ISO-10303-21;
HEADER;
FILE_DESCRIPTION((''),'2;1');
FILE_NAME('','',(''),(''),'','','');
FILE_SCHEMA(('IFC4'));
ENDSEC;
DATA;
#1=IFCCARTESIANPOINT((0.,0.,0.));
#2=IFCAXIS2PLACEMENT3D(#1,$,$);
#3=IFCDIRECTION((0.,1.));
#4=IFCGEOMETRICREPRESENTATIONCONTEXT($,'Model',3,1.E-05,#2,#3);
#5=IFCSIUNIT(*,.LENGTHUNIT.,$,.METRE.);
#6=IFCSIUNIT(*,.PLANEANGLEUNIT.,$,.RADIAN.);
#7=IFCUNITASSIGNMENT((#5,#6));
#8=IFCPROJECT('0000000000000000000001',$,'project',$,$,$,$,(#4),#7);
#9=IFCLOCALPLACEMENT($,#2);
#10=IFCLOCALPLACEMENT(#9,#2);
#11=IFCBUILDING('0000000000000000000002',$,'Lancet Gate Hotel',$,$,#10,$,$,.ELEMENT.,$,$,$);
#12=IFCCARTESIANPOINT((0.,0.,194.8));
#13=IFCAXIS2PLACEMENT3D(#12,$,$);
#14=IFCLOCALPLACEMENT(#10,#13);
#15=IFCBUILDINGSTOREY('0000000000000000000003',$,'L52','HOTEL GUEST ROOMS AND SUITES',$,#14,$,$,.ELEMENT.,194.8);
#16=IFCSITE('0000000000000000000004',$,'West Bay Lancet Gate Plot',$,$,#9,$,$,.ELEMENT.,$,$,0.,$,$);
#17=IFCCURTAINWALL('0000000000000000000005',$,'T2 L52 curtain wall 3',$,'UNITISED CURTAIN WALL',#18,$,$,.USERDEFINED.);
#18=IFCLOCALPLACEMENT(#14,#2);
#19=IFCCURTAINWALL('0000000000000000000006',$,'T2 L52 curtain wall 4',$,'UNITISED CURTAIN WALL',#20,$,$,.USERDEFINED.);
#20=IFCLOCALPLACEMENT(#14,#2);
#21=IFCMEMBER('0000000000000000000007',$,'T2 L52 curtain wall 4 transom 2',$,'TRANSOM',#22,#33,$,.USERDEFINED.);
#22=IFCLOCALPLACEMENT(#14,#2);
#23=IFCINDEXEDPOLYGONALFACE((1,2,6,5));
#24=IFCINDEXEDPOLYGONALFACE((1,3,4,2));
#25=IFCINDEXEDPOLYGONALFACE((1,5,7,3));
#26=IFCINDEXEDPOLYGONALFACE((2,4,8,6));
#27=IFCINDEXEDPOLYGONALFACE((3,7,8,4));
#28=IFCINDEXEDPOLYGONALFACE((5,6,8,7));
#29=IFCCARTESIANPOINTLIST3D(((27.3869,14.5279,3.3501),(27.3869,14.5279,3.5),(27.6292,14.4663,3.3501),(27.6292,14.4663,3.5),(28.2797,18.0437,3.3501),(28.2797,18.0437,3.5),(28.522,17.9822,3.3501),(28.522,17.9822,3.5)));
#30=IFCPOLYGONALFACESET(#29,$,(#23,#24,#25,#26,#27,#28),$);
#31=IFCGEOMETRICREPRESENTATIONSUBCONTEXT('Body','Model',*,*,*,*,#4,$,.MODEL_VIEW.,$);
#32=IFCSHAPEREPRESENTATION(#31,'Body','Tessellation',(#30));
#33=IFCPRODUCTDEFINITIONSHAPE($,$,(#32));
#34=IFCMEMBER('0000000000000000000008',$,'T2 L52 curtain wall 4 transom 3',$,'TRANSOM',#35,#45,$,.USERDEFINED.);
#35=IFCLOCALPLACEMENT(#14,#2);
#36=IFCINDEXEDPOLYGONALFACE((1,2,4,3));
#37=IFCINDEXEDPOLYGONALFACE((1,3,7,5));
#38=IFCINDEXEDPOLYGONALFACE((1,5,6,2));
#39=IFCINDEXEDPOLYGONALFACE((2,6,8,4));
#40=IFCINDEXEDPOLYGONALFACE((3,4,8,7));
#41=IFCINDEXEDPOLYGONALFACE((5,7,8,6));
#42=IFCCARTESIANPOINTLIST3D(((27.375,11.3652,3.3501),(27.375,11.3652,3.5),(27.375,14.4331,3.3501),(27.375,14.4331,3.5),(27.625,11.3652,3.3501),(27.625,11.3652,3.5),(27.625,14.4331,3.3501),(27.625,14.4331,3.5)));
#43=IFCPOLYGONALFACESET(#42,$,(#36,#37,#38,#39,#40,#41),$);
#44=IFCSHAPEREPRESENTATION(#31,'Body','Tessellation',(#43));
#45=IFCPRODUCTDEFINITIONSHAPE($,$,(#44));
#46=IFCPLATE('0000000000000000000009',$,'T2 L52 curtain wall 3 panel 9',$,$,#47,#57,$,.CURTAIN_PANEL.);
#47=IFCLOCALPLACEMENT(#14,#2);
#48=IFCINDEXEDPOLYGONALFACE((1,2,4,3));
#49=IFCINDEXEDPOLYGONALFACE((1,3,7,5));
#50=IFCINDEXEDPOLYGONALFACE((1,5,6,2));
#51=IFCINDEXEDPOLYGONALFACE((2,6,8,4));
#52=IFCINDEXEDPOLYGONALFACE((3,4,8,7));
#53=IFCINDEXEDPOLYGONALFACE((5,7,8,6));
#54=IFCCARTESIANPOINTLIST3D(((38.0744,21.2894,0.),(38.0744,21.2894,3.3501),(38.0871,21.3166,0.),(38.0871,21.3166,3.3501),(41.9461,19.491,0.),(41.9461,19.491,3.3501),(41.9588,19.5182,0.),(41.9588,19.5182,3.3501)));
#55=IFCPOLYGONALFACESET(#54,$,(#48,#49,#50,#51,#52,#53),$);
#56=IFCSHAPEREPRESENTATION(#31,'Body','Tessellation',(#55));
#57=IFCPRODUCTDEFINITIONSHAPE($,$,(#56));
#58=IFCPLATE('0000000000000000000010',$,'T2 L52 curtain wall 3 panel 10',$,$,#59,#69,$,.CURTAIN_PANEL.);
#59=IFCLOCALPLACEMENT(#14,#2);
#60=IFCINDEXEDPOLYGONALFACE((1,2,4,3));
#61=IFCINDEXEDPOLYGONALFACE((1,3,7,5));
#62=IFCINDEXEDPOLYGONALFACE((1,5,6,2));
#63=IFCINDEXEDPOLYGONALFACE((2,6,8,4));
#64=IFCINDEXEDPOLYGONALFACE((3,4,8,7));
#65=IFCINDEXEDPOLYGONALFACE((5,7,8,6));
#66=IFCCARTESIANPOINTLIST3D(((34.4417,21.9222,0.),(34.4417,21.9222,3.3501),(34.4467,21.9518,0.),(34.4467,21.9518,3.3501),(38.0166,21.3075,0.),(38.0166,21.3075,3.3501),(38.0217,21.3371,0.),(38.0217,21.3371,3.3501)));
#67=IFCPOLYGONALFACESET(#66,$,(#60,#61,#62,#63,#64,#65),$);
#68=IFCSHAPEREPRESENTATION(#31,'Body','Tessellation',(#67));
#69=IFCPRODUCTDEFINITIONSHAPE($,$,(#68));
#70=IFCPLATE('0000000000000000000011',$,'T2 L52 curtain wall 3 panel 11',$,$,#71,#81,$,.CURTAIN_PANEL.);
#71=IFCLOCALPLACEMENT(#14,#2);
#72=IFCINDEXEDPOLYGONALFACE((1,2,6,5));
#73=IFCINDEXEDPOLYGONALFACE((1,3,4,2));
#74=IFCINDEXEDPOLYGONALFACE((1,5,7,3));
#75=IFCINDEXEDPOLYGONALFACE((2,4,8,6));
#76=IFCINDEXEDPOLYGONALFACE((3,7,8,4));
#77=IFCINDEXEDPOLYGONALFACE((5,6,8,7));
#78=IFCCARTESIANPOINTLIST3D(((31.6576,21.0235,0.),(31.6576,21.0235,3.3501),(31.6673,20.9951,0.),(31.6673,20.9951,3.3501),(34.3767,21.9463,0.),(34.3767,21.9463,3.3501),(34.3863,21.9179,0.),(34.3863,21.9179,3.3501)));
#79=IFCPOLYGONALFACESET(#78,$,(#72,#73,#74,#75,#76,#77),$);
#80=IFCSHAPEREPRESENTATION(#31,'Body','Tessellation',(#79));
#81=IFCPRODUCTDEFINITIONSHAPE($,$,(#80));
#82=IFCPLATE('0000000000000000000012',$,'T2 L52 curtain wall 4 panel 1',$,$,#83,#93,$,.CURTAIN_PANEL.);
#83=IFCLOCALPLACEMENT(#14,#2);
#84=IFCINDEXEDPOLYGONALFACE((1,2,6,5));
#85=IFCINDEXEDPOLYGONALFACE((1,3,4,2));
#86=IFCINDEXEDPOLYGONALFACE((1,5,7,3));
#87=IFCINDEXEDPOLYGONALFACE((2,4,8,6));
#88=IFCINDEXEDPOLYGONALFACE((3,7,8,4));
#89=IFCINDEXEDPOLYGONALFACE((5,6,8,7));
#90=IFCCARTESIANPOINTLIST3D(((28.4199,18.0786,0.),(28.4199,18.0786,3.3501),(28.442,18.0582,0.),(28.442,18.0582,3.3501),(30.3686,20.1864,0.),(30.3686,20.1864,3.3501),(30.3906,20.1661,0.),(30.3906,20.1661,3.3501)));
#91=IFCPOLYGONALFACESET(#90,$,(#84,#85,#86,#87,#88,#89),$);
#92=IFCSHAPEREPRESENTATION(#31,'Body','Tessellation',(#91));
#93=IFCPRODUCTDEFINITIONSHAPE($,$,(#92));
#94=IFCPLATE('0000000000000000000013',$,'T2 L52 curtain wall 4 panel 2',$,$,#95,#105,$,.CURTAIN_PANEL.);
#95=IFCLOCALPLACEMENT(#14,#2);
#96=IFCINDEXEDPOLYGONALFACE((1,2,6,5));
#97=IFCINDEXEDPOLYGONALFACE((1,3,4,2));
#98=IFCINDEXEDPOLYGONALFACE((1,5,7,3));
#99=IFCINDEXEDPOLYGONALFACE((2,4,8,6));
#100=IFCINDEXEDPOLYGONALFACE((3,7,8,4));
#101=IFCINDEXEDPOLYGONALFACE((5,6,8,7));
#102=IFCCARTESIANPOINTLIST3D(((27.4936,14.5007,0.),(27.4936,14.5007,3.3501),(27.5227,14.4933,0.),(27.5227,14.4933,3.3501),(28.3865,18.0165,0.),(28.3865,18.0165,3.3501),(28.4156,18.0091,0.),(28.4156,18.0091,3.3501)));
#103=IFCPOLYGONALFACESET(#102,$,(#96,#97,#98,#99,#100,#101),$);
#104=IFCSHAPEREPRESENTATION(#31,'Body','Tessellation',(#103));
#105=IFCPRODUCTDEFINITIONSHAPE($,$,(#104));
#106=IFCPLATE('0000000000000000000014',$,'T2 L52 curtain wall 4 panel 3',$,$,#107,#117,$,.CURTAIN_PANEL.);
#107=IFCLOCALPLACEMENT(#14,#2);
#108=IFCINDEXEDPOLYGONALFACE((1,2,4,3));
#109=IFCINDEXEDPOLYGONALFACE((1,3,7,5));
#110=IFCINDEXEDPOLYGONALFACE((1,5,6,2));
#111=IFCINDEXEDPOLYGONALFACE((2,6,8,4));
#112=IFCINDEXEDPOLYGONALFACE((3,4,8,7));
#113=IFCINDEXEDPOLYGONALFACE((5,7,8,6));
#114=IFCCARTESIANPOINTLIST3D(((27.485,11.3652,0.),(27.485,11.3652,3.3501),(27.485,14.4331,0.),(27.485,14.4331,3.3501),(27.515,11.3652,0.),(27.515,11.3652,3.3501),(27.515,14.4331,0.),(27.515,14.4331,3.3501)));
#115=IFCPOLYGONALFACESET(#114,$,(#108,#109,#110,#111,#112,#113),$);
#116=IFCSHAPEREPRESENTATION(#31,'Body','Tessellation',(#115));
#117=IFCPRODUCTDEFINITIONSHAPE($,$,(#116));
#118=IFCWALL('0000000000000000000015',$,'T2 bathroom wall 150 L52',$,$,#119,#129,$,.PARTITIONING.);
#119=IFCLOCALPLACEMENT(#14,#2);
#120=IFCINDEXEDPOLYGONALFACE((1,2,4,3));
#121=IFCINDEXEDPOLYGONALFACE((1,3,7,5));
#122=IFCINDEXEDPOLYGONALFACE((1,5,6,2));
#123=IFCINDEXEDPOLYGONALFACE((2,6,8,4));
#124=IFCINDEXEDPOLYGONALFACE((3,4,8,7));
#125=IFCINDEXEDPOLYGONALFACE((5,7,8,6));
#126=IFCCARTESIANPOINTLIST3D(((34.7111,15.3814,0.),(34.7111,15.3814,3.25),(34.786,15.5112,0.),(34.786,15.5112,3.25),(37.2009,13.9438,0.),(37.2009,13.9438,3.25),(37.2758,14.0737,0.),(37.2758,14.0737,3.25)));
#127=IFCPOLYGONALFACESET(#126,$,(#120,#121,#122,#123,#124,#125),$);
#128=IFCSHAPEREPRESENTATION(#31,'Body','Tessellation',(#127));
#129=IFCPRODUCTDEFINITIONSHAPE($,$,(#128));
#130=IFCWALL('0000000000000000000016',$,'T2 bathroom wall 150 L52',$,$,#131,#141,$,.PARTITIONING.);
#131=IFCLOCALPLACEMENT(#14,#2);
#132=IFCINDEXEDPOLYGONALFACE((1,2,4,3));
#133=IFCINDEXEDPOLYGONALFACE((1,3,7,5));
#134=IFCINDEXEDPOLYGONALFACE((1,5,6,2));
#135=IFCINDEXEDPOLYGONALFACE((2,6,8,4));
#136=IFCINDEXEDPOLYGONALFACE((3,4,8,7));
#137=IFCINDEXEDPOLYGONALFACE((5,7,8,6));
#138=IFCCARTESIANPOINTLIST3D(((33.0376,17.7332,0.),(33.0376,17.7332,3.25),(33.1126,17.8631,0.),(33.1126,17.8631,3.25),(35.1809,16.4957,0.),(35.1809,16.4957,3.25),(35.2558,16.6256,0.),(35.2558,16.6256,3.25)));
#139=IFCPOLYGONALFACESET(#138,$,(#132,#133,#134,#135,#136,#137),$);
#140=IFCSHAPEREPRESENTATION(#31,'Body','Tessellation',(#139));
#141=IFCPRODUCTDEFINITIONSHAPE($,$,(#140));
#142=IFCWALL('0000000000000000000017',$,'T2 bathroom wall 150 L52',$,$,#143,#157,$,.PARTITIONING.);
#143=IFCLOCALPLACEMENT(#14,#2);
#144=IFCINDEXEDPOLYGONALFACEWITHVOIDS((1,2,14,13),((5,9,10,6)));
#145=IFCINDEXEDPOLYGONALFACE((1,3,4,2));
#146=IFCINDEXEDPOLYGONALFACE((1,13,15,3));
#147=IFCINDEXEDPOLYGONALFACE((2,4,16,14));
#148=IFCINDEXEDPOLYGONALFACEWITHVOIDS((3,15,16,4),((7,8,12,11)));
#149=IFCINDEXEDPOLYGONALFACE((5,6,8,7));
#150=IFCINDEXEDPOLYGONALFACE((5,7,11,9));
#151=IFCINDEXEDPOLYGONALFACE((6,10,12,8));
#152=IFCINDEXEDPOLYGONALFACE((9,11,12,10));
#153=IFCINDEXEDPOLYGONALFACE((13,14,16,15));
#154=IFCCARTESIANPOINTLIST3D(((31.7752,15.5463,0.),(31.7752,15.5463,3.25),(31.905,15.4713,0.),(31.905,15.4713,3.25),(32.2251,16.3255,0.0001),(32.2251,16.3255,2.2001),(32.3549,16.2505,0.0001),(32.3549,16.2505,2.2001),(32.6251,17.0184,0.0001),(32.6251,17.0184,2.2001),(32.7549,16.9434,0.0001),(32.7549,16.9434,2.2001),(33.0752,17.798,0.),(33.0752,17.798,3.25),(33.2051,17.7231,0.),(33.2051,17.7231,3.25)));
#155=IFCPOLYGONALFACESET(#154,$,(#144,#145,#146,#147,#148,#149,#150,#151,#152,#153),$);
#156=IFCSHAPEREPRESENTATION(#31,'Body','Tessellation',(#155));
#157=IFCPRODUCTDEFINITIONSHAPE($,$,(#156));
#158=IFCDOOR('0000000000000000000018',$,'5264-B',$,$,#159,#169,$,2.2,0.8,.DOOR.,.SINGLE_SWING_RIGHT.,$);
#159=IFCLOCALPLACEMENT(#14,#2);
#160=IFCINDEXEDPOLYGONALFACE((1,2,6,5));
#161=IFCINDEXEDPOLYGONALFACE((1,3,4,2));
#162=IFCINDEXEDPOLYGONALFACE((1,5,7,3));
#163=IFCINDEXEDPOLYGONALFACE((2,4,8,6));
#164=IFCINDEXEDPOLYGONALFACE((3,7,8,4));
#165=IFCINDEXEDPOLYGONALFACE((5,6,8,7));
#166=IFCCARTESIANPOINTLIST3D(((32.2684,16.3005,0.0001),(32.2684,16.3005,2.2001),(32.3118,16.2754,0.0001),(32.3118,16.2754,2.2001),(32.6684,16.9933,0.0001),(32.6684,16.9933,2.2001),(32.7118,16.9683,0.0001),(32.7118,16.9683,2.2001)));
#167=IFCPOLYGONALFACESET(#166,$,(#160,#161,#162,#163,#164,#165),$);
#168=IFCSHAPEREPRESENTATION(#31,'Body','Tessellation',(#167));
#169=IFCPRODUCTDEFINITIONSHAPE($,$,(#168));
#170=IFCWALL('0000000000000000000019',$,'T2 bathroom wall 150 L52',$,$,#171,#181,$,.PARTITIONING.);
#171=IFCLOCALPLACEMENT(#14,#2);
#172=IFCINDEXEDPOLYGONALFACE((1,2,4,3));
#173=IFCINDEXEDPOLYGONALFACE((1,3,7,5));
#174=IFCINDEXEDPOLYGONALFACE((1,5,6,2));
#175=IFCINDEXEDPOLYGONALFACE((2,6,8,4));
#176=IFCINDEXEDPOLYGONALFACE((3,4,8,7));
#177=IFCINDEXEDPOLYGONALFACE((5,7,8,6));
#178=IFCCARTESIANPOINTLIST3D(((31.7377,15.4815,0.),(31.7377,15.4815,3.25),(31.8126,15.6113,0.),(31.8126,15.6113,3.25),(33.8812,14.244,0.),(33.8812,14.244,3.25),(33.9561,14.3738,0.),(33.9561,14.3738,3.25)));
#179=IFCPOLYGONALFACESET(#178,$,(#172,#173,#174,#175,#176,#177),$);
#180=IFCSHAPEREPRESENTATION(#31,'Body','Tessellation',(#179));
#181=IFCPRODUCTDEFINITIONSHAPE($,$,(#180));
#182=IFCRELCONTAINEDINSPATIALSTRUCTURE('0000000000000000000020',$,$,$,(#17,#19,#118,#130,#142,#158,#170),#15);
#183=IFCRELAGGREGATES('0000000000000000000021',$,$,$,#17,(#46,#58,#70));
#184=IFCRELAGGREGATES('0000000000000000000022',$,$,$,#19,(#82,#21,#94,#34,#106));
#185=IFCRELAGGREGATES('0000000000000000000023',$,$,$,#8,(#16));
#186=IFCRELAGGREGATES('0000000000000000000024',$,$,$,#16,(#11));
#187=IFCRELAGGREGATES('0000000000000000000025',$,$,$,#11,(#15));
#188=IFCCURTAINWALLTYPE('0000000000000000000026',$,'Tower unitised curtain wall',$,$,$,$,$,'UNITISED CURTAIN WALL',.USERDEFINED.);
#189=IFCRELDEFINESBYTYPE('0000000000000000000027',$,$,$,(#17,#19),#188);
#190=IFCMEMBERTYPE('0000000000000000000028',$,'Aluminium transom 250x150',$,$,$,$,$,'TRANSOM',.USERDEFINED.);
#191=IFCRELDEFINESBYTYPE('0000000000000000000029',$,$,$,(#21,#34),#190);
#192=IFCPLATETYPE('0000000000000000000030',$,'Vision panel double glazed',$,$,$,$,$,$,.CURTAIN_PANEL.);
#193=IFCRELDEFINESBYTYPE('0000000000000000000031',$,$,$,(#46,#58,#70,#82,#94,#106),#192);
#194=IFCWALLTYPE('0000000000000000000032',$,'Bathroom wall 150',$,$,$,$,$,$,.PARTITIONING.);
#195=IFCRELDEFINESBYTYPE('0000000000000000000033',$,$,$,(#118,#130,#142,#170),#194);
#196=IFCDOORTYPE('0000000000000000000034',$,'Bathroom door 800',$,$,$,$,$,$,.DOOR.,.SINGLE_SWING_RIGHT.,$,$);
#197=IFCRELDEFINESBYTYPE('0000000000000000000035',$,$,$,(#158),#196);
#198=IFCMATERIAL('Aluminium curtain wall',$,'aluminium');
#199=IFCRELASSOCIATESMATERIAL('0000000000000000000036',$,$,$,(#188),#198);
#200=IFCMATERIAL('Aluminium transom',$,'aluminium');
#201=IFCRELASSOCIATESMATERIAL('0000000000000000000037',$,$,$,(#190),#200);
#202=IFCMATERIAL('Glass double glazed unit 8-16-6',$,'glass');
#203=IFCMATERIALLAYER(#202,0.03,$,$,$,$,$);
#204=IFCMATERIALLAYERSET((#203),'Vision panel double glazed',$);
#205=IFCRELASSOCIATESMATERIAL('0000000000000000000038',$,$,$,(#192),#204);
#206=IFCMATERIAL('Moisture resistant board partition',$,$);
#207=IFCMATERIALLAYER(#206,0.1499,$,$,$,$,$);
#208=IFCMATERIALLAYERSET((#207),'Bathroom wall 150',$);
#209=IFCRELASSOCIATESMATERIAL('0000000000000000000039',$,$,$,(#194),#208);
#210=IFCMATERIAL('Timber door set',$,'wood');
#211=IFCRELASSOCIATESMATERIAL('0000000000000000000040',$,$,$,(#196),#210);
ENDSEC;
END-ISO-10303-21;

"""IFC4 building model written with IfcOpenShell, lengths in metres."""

from ifc_helpers import new_model, si_unit, direction, frame, frame_2d, origin, origin_2d, place, context, subcontext, project, spatial, rectangle, extrude, material, layer, layer_set, material_profile, profile_set, type_object, element, fill, aggregate, save


model = new_model("IFC4")

# Units and contexts
model_context = context("Model", 3, precision=1e-05, world=origin(), true_north=direction((0.0, 1.0)))
body_context = subcontext(model_context, "Body", "Model", "MODEL_VIEW")
ifc_project = project(units=[si_unit("LENGTHUNIT", "METRE"), si_unit("PLANEANGLEUNIT", "RADIAN")], contexts=[model_context])

# Site, building, storey
site_placement = place(None, origin())
site = spatial("IfcSite", under=ifc_project, at=site_placement, Name="West Bay Lancet Gate Plot", CompositionType="ELEMENT", RefElevation=0.0)
building_placement = place(site_placement, origin())
building = spatial("IfcBuilding", under=site, at=building_placement, Name="Lancet Gate Hotel", CompositionType="ELEMENT")
storey_placement = place(building_placement, frame((0.0, 0.0, 194.8)))
storey = spatial("IfcBuildingStorey", under=building, at=storey_placement, Name="L52", Description="HOTEL GUEST ROOMS AND SUITES", CompositionType="ELEMENT", Elevation=194.8)

# Curtain walls
ifc_material_1 = material(Name="Aluminium curtain wall", Category="aluminium")
curtain_wall_type = type_object("IfcCurtainWallType", Name="Tower unitised curtain wall", ElementType="UNITISED CURTAIN WALL", PredefinedType="USERDEFINED", material=ifc_material_1)
curtain_wall_1_placement = place(storey_placement, origin())
curtain_wall_1 = element("IfcCurtainWall", 1, at=curtain_wall_1_placement, inside=storey, type_object=curtain_wall_type, Name="T2 L52 curtain wall 3", ObjectType="UNITISED CURTAIN WALL", PredefinedType="USERDEFINED")
curtain_wall_2_placement = place(storey_placement, origin())
curtain_wall_2 = element("IfcCurtainWall", 2, at=curtain_wall_2_placement, inside=storey, type_object=curtain_wall_type, Name="T2 L52 curtain wall 4", ObjectType="UNITISED CURTAIN WALL", PredefinedType="USERDEFINED")

# Members
ifc_material_2 = material(Name="Aluminium transom", Category="aluminium")
ifc_material_profile_1 = material_profile(ifc_material_2, rectangle(XDim=0.25, YDim=0.1499, at=origin_2d()), Name="TRANSOM 250x150")
ifc_profile_set_1 = profile_set([ifc_material_profile_1], Name="Aluminium transom")
member_type_1 = type_object("IfcMemberType", Name="Aluminium transom 250x150", ElementType="TRANSOM", PredefinedType="USERDEFINED", material=ifc_profile_set_1)
member_1_placement = place(storey_placement, frame((28.4009, 18.0129, 3.425), z_axis=(-0.246129, -0.969237, 0.0), x_axis=(0.969237, -0.246129, 0.0)))
member_1 = element("IfcMember", 3, at=member_1_placement, type_object=member_type_1, Name="T2 L52 curtain wall 4 transom 2", ObjectType="TRANSOM", PredefinedType="USERDEFINED", context=body_context, shape_type="SweptSolid", body=[
    extrude(rectangle(XDim=0.25, YDim=0.1499, at=origin_2d()), origin(), (0.0, 0.0, 1.0), 3.6274),
])
member_2_placement = place(storey_placement, frame((27.5, 14.4331, 3.425), z_axis=(0.0, -1.0, 0.0), x_axis=(1.0, 0.0, 0.0)))
member_2 = element("IfcMember", 4, at=member_2_placement, type_object=member_type_1, Name="T2 L52 curtain wall 4 transom 3", ObjectType="TRANSOM", PredefinedType="USERDEFINED", context=body_context, shape_type="SweptSolid", body=[
    extrude(rectangle(XDim=0.25, YDim=0.1499, at=origin_2d()), origin(), (0.0, 0.0, 1.0), 3.0679),
])

# Plates
ifc_material_3 = material(Name="Glass double glazed unit 8-16-6", Category="glass")
ifc_layer_1 = layer(ifc_material_3, 0.03)
ifc_layer_set_1 = layer_set([ifc_layer_1], Name="Vision panel double glazed")
plate_type = type_object("IfcPlateType", Name="Vision panel double glazed", PredefinedType="CURTAIN_PANEL", material=ifc_layer_set_1)
plate_1_placement = place(storey_placement, frame((40.0166, 20.4038, 0.0), z_axis=(0.0, 0.0, 1.0), x_axis=(-0.906935, 0.421271, 0.0)))
plate_1 = element("IfcPlate", 5, at=plate_1_placement, type_object=plate_type, Name="T2 L52 curtain wall 3 panel 9", PredefinedType="CURTAIN_PANEL", context=body_context, shape_type="SweptSolid", body=[
    extrude(rectangle(XDim=4.269, YDim=0.03, at=origin_2d()), origin(), (0.0, 0.0, 1.0), 3.3501),
])
plate_2_placement = place(storey_placement, frame((36.2317, 21.6296, 0.0), z_axis=(0.0, 0.0, 1.0), x_axis=(-0.98554, 0.169445, 0.0)))
plate_2 = element("IfcPlate", 6, at=plate_2_placement, type_object=plate_type, Name="T2 L52 curtain wall 3 panel 10", PredefinedType="CURTAIN_PANEL", context=body_context, shape_type="SweptSolid", body=[
    extrude(rectangle(XDim=3.6274, YDim=0.03, at=origin_2d()), origin(), (0.0, 0.0, 1.0), 3.3501),
])
plate_3_placement = place(storey_placement, frame((33.022, 21.4707, 0.0), z_axis=(0.0, 0.0, 1.0), x_axis=(-0.946952, -0.321374, 0.0)))
plate_3 = element("IfcPlate", 7, at=plate_3_placement, type_object=plate_type, Name="T2 L52 curtain wall 3 panel 11", PredefinedType="CURTAIN_PANEL", context=body_context, shape_type="SweptSolid", body=[
    extrude(rectangle(XDim=2.8713, YDim=0.03, at=origin_2d()), origin(), (0.0, 0.0, 1.0), 3.3501),
])
aggregate(curtain_wall_1, [plate_1, plate_2, plate_3])
plate_4_placement = place(storey_placement, frame((29.4053, 19.1223, 0.0), z_axis=(0.0, 0.0, 1.0), x_axis=(-0.678831, -0.734294, 0.0)))
plate_4 = element("IfcPlate", 8, at=plate_4_placement, type_object=plate_type, Name="T2 L52 curtain wall 4 panel 1", PredefinedType="CURTAIN_PANEL", context=body_context, shape_type="SweptSolid", body=[
    extrude(rectangle(XDim=2.8706, YDim=0.03, at=origin_2d()), origin(), (0.0, 0.0, 1.0), 3.3501),
])
plate_5_placement = place(storey_placement, frame((27.9546, 16.2549, 0.0), z_axis=(0.0, 0.0, 1.0), x_axis=(-0.246167, -0.969228, 0.0)))
plate_5 = element("IfcPlate", 9, at=plate_5_placement, type_object=plate_type, Name="T2 L52 curtain wall 4 panel 2", PredefinedType="CURTAIN_PANEL", context=body_context, shape_type="SweptSolid", body=[
    extrude(rectangle(XDim=3.6274, YDim=0.03, at=origin_2d()), origin(), (0.0, 0.0, 1.0), 3.3501),
])
plate_6_placement = place(storey_placement, frame((27.5, 12.8992, 0.0), z_axis=(0.0, 0.0, 1.0), x_axis=(0.0, -1.0, 0.0)))
plate_6 = element("IfcPlate", 10, at=plate_6_placement, type_object=plate_type, Name="T2 L52 curtain wall 4 panel 3", PredefinedType="CURTAIN_PANEL", context=body_context, shape_type="SweptSolid", body=[
    extrude(rectangle(XDim=3.0679, YDim=0.03, at=origin_2d()), origin(), (0.0, 0.0, 1.0), 3.3501),
])
aggregate(curtain_wall_2, [plate_4, member_1, plate_5, member_2, plate_6])

# Walls
ifc_material_4 = material(Name="Moisture resistant board partition")
ifc_layer_2 = layer(ifc_material_4, 0.1499)
ifc_layer_set_2 = layer_set([ifc_layer_2], Name="Bathroom wall 150")
wall_type_1 = type_object("IfcWallType", Name="Bathroom wall 150", PredefinedType="PARTITIONING", material=ifc_layer_set_2)
wall_1_placement = place(storey_placement, frame((34.7485, 15.4463, 0.0), z_axis=(0.0, 0.0, 1.0), x_axis=(0.866019, -0.500012, 0.0)))
element("IfcWall", 11, at=wall_1_placement, inside=storey, type_object=wall_type_1, Name="T2 bathroom wall 150 L52", PredefinedType="PARTITIONING", context=body_context, shape_type="SweptSolid", body=[
    extrude(rectangle(XDim=2.875, YDim=0.1499, at=frame_2d((1.4375, 0.0))), origin(), (0.0, 0.0, 1.0), 3.25),
])
wall_2_placement = place(storey_placement, frame((33.0752, 17.7981, 0.0), z_axis=(0.0, 0.0, 1.0), x_axis=(0.866007, -0.500033, 0.0)))
element("IfcWall", 12, at=wall_2_placement, inside=storey, type_object=wall_type_1, Name="T2 bathroom wall 150 L52", PredefinedType="PARTITIONING", context=body_context, shape_type="SweptSolid", body=[
    extrude(rectangle(XDim=2.4749, YDim=0.1499, at=frame_2d((1.2373, 0.0))), origin(), (0.0, 0.0, 1.0), 3.25),
])

# Wall, opening, door
wall_3_placement = place(storey_placement, frame((31.8401, 15.5088, 0.0), z_axis=(0.0, 0.0, 1.0), x_axis=(0.500007, 0.866021, 0.0)))
wall_3 = element("IfcWall", 13, at=wall_3_placement, inside=storey, type_object=wall_type_1, Name="T2 bathroom wall 150 L52", PredefinedType="PARTITIONING", context=body_context, shape_type="SweptSolid", body=[
    extrude(rectangle(XDim=2.6001, YDim=0.1499, at=frame_2d((1.3, 0.0))), origin(), (0.0, 0.0, 1.0), 3.25),
])
opening_1_placement = place(wall_3_placement, frame((0.8999, 0.0, 0.0)))
opening_1 = element("IfcOpeningElement", 14, at=opening_1_placement, cuts=wall_3, PredefinedType="OPENING", context=body_context, shape_type="SweptSolid", body=[
    extrude(rectangle(XDim=0.8, YDim=2.2, at=frame_2d((0.3999, 1.1001))), frame((0.0, 0.085, 0.0), z_axis=(0.0, -1.0, 0.0), x_axis=(1.0, 0.0, 0.0)), (0.0, 0.0, 1.0), 0.1699),
])
ifc_material_5 = material(Name="Timber door set", Category="wood")
door_type_1 = type_object("IfcDoorType", Name="Bathroom door 800", OperationType="SINGLE_SWING_RIGHT", PredefinedType="DOOR", material=ifc_material_5)
door_1_placement = place(opening_1_placement, origin())
door_1 = element("IfcDoor", 15, at=door_1_placement, inside=storey, type_object=door_type_1, Name="5264-B", OperationType="SINGLE_SWING_RIGHT", OverallHeight=2.2, OverallWidth=0.8, PredefinedType="DOOR", context=body_context, shape_type="SweptSolid", body=[
    extrude(rectangle(XDim=0.8, YDim=2.2, at=frame_2d((0.3999, 1.1001))), frame((0.0, 0.0249, 0.0), z_axis=(0.0, -1.0, 0.0), x_axis=(1.0, 0.0, 0.0)), (0.0, 0.0, 1.0), 0.05),
])
fill(opening_1, door_1)

# Wall
wall_4_placement = place(storey_placement, frame((31.7751, 15.5464, 0.0), z_axis=(0.0, 0.0, 1.0), x_axis=(0.866031, -0.49999, 0.0)))
element("IfcWall", 16, at=wall_4_placement, inside=storey, type_object=wall_type_1, Name="T2 bathroom wall 150 L52", PredefinedType="PARTITIONING", context=body_context, shape_type="SweptSolid", body=[
    extrude(rectangle(XDim=2.4751, YDim=0.1499, at=frame_2d((1.2375, 0.0))), origin(), (0.0, 0.0, 1.0), 3.25),
])

save(model, "model.ifc")
